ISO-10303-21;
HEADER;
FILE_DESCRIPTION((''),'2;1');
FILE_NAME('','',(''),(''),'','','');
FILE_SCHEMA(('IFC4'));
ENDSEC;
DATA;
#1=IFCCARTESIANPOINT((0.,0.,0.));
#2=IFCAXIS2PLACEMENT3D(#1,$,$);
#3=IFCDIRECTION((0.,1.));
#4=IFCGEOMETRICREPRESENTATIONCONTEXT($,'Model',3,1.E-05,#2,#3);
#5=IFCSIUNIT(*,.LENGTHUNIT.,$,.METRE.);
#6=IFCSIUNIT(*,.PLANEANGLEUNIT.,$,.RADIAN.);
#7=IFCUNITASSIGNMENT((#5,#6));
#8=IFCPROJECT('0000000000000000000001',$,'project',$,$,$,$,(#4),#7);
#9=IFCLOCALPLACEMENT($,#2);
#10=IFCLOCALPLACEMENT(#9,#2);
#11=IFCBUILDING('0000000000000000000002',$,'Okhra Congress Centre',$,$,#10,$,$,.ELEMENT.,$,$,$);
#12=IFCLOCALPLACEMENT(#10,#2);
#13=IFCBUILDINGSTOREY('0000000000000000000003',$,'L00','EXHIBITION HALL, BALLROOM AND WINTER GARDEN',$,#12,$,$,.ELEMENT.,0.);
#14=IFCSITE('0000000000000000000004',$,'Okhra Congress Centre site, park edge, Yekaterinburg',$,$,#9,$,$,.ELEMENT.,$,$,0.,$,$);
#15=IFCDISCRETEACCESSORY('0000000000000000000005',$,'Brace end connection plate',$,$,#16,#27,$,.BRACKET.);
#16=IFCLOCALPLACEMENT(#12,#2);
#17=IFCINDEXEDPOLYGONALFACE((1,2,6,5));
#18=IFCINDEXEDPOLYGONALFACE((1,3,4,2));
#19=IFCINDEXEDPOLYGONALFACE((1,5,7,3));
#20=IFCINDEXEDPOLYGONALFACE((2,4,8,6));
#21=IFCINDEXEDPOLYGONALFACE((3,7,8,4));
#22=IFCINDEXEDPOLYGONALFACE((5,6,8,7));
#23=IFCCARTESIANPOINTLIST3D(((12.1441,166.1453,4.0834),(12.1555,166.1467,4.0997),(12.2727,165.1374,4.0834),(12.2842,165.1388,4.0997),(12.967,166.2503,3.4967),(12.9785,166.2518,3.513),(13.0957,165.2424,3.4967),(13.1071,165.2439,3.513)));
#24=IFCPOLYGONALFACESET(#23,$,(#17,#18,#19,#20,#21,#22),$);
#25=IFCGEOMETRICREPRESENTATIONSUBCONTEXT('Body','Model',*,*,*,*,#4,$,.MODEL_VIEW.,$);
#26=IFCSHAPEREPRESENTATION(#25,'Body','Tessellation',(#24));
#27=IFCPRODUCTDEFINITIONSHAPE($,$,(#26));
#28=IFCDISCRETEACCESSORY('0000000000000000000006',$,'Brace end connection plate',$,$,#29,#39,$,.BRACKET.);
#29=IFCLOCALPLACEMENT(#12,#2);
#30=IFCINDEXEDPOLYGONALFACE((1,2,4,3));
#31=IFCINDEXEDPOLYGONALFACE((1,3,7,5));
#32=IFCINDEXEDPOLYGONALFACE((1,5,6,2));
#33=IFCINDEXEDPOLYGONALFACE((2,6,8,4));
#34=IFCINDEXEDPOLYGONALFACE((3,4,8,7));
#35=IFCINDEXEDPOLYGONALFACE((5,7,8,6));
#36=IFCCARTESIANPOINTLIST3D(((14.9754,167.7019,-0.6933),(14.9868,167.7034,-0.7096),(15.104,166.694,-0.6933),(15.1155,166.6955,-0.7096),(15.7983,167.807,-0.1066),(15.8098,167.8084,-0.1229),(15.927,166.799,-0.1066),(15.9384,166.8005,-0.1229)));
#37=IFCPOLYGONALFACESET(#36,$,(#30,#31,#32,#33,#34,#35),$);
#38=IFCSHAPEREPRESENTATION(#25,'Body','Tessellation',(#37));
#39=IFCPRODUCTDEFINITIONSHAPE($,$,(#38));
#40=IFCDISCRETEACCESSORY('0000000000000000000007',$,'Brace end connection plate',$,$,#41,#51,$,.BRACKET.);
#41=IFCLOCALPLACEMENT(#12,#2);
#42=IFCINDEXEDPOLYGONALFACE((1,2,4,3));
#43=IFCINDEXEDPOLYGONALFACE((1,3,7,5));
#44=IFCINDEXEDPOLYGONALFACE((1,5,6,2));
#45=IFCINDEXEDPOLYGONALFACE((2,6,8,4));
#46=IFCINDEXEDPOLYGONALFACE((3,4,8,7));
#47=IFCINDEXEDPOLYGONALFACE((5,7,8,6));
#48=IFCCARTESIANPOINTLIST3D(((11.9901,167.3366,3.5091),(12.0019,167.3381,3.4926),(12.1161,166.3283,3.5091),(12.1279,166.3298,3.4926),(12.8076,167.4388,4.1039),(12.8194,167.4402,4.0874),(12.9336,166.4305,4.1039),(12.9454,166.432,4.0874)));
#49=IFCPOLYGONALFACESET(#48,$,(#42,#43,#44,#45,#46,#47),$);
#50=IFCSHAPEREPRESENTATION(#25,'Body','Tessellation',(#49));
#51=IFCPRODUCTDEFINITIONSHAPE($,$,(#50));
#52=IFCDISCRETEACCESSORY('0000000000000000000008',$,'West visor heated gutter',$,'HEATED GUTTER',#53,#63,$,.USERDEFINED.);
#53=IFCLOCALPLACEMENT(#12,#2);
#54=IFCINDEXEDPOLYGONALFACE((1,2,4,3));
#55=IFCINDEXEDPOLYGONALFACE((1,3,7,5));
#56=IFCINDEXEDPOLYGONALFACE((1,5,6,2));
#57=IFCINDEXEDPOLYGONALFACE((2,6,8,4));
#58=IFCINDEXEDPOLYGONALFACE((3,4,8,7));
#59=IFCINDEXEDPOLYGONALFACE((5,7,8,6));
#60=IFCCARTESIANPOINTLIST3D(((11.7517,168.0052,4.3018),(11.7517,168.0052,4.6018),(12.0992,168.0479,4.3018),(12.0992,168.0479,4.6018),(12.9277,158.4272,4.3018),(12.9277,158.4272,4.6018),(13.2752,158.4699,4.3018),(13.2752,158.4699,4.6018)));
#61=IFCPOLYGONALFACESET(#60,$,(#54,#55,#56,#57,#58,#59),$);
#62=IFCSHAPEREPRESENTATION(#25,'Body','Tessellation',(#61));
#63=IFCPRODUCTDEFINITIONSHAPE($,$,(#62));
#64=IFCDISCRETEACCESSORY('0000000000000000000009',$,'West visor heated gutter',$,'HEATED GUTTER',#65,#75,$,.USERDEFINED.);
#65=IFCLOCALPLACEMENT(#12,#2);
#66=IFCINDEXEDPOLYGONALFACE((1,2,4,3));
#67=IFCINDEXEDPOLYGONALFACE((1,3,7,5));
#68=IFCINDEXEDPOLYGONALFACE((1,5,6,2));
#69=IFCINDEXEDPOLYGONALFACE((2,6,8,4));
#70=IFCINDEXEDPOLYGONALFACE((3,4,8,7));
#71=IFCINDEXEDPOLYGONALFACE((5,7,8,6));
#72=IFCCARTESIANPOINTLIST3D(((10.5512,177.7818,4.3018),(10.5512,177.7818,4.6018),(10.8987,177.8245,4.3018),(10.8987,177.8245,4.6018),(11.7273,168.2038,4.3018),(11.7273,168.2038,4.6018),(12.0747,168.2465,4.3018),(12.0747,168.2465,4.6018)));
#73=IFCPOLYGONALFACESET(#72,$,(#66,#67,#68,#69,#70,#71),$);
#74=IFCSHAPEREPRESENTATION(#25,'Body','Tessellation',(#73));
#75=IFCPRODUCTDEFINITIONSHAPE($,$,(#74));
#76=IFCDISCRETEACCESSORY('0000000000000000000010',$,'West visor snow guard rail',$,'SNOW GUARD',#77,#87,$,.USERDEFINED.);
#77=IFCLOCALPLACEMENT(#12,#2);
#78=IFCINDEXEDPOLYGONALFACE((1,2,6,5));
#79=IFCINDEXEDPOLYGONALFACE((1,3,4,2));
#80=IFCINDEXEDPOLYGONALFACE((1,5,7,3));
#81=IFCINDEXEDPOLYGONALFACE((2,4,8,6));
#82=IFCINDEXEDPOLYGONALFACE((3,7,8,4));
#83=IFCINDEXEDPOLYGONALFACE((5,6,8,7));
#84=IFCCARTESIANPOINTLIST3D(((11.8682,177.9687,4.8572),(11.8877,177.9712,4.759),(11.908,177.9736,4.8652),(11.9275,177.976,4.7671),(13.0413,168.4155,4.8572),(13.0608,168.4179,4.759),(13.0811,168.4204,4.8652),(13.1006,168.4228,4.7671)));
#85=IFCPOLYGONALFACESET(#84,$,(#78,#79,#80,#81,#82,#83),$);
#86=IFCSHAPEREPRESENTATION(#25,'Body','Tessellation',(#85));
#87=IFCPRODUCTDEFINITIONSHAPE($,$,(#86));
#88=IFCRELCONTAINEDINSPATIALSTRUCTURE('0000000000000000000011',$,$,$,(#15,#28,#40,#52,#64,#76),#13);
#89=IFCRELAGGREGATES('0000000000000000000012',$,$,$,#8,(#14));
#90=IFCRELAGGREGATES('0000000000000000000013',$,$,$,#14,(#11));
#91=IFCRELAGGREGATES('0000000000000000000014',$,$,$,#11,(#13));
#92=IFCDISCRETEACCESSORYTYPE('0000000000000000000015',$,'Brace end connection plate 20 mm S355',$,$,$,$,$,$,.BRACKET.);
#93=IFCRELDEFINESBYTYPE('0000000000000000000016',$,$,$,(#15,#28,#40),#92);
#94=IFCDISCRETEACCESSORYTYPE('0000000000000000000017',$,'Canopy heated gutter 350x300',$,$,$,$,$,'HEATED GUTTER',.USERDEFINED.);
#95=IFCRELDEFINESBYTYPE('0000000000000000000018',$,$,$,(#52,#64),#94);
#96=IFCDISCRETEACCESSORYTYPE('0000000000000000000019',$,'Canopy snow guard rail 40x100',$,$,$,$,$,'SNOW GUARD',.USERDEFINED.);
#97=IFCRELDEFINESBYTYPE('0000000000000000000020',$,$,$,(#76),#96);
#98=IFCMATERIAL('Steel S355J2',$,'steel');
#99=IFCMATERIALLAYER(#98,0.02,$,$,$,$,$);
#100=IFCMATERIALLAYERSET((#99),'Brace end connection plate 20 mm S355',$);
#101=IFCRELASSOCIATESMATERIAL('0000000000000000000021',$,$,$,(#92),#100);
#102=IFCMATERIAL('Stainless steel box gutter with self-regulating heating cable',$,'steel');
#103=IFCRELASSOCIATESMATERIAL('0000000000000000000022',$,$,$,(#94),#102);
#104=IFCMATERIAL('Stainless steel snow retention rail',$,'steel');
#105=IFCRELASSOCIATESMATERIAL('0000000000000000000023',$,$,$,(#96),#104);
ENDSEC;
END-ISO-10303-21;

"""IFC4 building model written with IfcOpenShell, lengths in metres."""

from ifc_helpers import new_model, si_unit, direction, frame, origin, origin_2d, place, context, subcontext, project, spatial, polyline, rectangle, outline, extrude, material, layer, layer_set, type_object, element, save


model = new_model("IFC4")

# Units and contexts
model_context = context("Model", 3, precision=1e-05, world=origin(), true_north=direction((0.0, 1.0)))
body_context = subcontext(model_context, "Body", "Model", "MODEL_VIEW")
ifc_project = project(units=[si_unit("LENGTHUNIT", "METRE"), si_unit("PLANEANGLEUNIT", "RADIAN")], contexts=[model_context])

# Site, building, storey
site_placement = place(None, origin())
site = spatial("IfcSite", under=ifc_project, at=site_placement, Name="Okhra Congress Centre site, park edge, Yekaterinburg", CompositionType="ELEMENT", RefElevation=0.0)
building_placement = place(site_placement, origin())
building = spatial("IfcBuilding", under=site, at=building_placement, Name="Okhra Congress Centre", CompositionType="ELEMENT")
storey_placement = place(building_placement, origin())
storey = spatial("IfcBuildingStorey", under=building, at=storey_placement, Name="L00", Description="EXHIBITION HALL, BALLROOM AND WINTER GARDEN", CompositionType="ELEMENT", Elevation=0.0)

# Discrete accessories
ifc_material_1 = material(Name="Steel S355J2", Category="steel")
ifc_layer = layer(ifc_material_1, 0.02)
ifc_layer_set = layer_set([ifc_layer], Name="Brace end connection plate 20 mm S355")
discrete_accessory_type_1 = type_object("IfcDiscreteAccessoryType", Name="Brace end connection plate 20 mm S355", PredefinedType="BRACKET", material=ifc_layer_set)
for number, where, z_axis, x_axis, name in (
    (1, (12.6199, 165.6938, 3.79), (0.572745, 0.073116, 0.816466), (-0.126632, 0.99195, 0.0), "Brace end connection plate"),
    (2, (15.4512, 167.2505, -0.3999), (0.572745, 0.073116, -0.816466), (-0.126632, 0.99195, 0.0), "Brace end connection plate"),
):
    element("IfcDiscreteAccessory", number, at=place(storey_placement, frame(where, z_axis=z_axis, x_axis=x_axis)), inside=storey, type_object=discrete_accessory_type_1, Name=name, PredefinedType="BRACKET", context=body_context, shape_type="SweptSolid", body=[
        extrude(rectangle(XDim=1.0161, YDim=1.0161, at=origin_2d()), origin(), (0.0, 0.0, 1.0), 0.02),
    ])
discrete_accessory_1_placement = place(storey_placement, frame((12.4736, 166.885, 3.79), z_axis=(-0.580848, -0.072606, 0.810767), x_axis=(0.124035, -0.992278, 0.0)))
element("IfcDiscreteAccessory", 3, at=discrete_accessory_1_placement, inside=storey, type_object=discrete_accessory_type_1, Name="Brace end connection plate", PredefinedType="BRACKET", context=body_context, shape_type="SweptSolid", body=[
    extrude(rectangle(XDim=1.0161, YDim=1.0161, at=origin_2d()), origin(), (0.0, 0.0, 1.0), 0.0203),
])
ifc_material_2 = material(Name="Stainless steel box gutter with self-regulating heating cable", Category="steel")
discrete_accessory_type_2 = type_object("IfcDiscreteAccessoryType", Name="Canopy heated gutter 350x300", ElementType="HEATED GUTTER", PredefinedType="USERDEFINED", material=ifc_material_2)
for number, where, z_axis, x_axis, name in (
    (4, (12.5134, 163.2375, 4.3018), (0.0, 0.0, 1.0), (-0.121869, 0.992546, 0.0), "West visor heated gutter"),
    (5, (11.313, 173.0142, 4.3018), (0.0, 0.0, 1.0), (-0.121869, 0.992546, 0.0), "West visor heated gutter"),
):
    element("IfcDiscreteAccessory", number, at=place(storey_placement, frame(where, z_axis=z_axis, x_axis=x_axis)), inside=storey, type_object=discrete_accessory_type_2, Name=name, ObjectType="HEATED GUTTER", PredefinedType="USERDEFINED", context=body_context, shape_type="SweptSolid", body=[
        extrude(rectangle(XDim=9.6499, YDim=0.3501, at=origin_2d()), origin(), (0.0, 0.0, 1.0), 0.3),
    ])
ifc_material_3 = material(Name="Stainless steel snow retention rail", Category="steel")
discrete_accessory_type_3 = type_object("IfcDiscreteAccessoryType", Name="Canopy snow guard rail 40x100", ElementType="SNOW GUARD", PredefinedType="USERDEFINED", material=ifc_material_3)
discrete_accessory_2_placement = place(storey_placement, frame((13.0413, 168.4155, 4.8572), z_axis=(-0.19554, -0.024011, 0.980402), x_axis=(-0.12188, 0.992545, 0.0)))
element("IfcDiscreteAccessory", 6, at=discrete_accessory_2_placement, inside=storey, type_object=discrete_accessory_type_3, Name="West visor snow guard rail", ObjectType="SNOW GUARD", PredefinedType="USERDEFINED", context=body_context, shape_type="SweptSolid", body=[
    extrude(outline(polyline([(0.0, 0.0), (9.625, 0.0), (9.625, -0.0409), (0.0, -0.0409), (0.0, 0.0)])), origin(), (0.0, 0.0, -1.0), 0.1001),
])

save(model, "model.ifc")
